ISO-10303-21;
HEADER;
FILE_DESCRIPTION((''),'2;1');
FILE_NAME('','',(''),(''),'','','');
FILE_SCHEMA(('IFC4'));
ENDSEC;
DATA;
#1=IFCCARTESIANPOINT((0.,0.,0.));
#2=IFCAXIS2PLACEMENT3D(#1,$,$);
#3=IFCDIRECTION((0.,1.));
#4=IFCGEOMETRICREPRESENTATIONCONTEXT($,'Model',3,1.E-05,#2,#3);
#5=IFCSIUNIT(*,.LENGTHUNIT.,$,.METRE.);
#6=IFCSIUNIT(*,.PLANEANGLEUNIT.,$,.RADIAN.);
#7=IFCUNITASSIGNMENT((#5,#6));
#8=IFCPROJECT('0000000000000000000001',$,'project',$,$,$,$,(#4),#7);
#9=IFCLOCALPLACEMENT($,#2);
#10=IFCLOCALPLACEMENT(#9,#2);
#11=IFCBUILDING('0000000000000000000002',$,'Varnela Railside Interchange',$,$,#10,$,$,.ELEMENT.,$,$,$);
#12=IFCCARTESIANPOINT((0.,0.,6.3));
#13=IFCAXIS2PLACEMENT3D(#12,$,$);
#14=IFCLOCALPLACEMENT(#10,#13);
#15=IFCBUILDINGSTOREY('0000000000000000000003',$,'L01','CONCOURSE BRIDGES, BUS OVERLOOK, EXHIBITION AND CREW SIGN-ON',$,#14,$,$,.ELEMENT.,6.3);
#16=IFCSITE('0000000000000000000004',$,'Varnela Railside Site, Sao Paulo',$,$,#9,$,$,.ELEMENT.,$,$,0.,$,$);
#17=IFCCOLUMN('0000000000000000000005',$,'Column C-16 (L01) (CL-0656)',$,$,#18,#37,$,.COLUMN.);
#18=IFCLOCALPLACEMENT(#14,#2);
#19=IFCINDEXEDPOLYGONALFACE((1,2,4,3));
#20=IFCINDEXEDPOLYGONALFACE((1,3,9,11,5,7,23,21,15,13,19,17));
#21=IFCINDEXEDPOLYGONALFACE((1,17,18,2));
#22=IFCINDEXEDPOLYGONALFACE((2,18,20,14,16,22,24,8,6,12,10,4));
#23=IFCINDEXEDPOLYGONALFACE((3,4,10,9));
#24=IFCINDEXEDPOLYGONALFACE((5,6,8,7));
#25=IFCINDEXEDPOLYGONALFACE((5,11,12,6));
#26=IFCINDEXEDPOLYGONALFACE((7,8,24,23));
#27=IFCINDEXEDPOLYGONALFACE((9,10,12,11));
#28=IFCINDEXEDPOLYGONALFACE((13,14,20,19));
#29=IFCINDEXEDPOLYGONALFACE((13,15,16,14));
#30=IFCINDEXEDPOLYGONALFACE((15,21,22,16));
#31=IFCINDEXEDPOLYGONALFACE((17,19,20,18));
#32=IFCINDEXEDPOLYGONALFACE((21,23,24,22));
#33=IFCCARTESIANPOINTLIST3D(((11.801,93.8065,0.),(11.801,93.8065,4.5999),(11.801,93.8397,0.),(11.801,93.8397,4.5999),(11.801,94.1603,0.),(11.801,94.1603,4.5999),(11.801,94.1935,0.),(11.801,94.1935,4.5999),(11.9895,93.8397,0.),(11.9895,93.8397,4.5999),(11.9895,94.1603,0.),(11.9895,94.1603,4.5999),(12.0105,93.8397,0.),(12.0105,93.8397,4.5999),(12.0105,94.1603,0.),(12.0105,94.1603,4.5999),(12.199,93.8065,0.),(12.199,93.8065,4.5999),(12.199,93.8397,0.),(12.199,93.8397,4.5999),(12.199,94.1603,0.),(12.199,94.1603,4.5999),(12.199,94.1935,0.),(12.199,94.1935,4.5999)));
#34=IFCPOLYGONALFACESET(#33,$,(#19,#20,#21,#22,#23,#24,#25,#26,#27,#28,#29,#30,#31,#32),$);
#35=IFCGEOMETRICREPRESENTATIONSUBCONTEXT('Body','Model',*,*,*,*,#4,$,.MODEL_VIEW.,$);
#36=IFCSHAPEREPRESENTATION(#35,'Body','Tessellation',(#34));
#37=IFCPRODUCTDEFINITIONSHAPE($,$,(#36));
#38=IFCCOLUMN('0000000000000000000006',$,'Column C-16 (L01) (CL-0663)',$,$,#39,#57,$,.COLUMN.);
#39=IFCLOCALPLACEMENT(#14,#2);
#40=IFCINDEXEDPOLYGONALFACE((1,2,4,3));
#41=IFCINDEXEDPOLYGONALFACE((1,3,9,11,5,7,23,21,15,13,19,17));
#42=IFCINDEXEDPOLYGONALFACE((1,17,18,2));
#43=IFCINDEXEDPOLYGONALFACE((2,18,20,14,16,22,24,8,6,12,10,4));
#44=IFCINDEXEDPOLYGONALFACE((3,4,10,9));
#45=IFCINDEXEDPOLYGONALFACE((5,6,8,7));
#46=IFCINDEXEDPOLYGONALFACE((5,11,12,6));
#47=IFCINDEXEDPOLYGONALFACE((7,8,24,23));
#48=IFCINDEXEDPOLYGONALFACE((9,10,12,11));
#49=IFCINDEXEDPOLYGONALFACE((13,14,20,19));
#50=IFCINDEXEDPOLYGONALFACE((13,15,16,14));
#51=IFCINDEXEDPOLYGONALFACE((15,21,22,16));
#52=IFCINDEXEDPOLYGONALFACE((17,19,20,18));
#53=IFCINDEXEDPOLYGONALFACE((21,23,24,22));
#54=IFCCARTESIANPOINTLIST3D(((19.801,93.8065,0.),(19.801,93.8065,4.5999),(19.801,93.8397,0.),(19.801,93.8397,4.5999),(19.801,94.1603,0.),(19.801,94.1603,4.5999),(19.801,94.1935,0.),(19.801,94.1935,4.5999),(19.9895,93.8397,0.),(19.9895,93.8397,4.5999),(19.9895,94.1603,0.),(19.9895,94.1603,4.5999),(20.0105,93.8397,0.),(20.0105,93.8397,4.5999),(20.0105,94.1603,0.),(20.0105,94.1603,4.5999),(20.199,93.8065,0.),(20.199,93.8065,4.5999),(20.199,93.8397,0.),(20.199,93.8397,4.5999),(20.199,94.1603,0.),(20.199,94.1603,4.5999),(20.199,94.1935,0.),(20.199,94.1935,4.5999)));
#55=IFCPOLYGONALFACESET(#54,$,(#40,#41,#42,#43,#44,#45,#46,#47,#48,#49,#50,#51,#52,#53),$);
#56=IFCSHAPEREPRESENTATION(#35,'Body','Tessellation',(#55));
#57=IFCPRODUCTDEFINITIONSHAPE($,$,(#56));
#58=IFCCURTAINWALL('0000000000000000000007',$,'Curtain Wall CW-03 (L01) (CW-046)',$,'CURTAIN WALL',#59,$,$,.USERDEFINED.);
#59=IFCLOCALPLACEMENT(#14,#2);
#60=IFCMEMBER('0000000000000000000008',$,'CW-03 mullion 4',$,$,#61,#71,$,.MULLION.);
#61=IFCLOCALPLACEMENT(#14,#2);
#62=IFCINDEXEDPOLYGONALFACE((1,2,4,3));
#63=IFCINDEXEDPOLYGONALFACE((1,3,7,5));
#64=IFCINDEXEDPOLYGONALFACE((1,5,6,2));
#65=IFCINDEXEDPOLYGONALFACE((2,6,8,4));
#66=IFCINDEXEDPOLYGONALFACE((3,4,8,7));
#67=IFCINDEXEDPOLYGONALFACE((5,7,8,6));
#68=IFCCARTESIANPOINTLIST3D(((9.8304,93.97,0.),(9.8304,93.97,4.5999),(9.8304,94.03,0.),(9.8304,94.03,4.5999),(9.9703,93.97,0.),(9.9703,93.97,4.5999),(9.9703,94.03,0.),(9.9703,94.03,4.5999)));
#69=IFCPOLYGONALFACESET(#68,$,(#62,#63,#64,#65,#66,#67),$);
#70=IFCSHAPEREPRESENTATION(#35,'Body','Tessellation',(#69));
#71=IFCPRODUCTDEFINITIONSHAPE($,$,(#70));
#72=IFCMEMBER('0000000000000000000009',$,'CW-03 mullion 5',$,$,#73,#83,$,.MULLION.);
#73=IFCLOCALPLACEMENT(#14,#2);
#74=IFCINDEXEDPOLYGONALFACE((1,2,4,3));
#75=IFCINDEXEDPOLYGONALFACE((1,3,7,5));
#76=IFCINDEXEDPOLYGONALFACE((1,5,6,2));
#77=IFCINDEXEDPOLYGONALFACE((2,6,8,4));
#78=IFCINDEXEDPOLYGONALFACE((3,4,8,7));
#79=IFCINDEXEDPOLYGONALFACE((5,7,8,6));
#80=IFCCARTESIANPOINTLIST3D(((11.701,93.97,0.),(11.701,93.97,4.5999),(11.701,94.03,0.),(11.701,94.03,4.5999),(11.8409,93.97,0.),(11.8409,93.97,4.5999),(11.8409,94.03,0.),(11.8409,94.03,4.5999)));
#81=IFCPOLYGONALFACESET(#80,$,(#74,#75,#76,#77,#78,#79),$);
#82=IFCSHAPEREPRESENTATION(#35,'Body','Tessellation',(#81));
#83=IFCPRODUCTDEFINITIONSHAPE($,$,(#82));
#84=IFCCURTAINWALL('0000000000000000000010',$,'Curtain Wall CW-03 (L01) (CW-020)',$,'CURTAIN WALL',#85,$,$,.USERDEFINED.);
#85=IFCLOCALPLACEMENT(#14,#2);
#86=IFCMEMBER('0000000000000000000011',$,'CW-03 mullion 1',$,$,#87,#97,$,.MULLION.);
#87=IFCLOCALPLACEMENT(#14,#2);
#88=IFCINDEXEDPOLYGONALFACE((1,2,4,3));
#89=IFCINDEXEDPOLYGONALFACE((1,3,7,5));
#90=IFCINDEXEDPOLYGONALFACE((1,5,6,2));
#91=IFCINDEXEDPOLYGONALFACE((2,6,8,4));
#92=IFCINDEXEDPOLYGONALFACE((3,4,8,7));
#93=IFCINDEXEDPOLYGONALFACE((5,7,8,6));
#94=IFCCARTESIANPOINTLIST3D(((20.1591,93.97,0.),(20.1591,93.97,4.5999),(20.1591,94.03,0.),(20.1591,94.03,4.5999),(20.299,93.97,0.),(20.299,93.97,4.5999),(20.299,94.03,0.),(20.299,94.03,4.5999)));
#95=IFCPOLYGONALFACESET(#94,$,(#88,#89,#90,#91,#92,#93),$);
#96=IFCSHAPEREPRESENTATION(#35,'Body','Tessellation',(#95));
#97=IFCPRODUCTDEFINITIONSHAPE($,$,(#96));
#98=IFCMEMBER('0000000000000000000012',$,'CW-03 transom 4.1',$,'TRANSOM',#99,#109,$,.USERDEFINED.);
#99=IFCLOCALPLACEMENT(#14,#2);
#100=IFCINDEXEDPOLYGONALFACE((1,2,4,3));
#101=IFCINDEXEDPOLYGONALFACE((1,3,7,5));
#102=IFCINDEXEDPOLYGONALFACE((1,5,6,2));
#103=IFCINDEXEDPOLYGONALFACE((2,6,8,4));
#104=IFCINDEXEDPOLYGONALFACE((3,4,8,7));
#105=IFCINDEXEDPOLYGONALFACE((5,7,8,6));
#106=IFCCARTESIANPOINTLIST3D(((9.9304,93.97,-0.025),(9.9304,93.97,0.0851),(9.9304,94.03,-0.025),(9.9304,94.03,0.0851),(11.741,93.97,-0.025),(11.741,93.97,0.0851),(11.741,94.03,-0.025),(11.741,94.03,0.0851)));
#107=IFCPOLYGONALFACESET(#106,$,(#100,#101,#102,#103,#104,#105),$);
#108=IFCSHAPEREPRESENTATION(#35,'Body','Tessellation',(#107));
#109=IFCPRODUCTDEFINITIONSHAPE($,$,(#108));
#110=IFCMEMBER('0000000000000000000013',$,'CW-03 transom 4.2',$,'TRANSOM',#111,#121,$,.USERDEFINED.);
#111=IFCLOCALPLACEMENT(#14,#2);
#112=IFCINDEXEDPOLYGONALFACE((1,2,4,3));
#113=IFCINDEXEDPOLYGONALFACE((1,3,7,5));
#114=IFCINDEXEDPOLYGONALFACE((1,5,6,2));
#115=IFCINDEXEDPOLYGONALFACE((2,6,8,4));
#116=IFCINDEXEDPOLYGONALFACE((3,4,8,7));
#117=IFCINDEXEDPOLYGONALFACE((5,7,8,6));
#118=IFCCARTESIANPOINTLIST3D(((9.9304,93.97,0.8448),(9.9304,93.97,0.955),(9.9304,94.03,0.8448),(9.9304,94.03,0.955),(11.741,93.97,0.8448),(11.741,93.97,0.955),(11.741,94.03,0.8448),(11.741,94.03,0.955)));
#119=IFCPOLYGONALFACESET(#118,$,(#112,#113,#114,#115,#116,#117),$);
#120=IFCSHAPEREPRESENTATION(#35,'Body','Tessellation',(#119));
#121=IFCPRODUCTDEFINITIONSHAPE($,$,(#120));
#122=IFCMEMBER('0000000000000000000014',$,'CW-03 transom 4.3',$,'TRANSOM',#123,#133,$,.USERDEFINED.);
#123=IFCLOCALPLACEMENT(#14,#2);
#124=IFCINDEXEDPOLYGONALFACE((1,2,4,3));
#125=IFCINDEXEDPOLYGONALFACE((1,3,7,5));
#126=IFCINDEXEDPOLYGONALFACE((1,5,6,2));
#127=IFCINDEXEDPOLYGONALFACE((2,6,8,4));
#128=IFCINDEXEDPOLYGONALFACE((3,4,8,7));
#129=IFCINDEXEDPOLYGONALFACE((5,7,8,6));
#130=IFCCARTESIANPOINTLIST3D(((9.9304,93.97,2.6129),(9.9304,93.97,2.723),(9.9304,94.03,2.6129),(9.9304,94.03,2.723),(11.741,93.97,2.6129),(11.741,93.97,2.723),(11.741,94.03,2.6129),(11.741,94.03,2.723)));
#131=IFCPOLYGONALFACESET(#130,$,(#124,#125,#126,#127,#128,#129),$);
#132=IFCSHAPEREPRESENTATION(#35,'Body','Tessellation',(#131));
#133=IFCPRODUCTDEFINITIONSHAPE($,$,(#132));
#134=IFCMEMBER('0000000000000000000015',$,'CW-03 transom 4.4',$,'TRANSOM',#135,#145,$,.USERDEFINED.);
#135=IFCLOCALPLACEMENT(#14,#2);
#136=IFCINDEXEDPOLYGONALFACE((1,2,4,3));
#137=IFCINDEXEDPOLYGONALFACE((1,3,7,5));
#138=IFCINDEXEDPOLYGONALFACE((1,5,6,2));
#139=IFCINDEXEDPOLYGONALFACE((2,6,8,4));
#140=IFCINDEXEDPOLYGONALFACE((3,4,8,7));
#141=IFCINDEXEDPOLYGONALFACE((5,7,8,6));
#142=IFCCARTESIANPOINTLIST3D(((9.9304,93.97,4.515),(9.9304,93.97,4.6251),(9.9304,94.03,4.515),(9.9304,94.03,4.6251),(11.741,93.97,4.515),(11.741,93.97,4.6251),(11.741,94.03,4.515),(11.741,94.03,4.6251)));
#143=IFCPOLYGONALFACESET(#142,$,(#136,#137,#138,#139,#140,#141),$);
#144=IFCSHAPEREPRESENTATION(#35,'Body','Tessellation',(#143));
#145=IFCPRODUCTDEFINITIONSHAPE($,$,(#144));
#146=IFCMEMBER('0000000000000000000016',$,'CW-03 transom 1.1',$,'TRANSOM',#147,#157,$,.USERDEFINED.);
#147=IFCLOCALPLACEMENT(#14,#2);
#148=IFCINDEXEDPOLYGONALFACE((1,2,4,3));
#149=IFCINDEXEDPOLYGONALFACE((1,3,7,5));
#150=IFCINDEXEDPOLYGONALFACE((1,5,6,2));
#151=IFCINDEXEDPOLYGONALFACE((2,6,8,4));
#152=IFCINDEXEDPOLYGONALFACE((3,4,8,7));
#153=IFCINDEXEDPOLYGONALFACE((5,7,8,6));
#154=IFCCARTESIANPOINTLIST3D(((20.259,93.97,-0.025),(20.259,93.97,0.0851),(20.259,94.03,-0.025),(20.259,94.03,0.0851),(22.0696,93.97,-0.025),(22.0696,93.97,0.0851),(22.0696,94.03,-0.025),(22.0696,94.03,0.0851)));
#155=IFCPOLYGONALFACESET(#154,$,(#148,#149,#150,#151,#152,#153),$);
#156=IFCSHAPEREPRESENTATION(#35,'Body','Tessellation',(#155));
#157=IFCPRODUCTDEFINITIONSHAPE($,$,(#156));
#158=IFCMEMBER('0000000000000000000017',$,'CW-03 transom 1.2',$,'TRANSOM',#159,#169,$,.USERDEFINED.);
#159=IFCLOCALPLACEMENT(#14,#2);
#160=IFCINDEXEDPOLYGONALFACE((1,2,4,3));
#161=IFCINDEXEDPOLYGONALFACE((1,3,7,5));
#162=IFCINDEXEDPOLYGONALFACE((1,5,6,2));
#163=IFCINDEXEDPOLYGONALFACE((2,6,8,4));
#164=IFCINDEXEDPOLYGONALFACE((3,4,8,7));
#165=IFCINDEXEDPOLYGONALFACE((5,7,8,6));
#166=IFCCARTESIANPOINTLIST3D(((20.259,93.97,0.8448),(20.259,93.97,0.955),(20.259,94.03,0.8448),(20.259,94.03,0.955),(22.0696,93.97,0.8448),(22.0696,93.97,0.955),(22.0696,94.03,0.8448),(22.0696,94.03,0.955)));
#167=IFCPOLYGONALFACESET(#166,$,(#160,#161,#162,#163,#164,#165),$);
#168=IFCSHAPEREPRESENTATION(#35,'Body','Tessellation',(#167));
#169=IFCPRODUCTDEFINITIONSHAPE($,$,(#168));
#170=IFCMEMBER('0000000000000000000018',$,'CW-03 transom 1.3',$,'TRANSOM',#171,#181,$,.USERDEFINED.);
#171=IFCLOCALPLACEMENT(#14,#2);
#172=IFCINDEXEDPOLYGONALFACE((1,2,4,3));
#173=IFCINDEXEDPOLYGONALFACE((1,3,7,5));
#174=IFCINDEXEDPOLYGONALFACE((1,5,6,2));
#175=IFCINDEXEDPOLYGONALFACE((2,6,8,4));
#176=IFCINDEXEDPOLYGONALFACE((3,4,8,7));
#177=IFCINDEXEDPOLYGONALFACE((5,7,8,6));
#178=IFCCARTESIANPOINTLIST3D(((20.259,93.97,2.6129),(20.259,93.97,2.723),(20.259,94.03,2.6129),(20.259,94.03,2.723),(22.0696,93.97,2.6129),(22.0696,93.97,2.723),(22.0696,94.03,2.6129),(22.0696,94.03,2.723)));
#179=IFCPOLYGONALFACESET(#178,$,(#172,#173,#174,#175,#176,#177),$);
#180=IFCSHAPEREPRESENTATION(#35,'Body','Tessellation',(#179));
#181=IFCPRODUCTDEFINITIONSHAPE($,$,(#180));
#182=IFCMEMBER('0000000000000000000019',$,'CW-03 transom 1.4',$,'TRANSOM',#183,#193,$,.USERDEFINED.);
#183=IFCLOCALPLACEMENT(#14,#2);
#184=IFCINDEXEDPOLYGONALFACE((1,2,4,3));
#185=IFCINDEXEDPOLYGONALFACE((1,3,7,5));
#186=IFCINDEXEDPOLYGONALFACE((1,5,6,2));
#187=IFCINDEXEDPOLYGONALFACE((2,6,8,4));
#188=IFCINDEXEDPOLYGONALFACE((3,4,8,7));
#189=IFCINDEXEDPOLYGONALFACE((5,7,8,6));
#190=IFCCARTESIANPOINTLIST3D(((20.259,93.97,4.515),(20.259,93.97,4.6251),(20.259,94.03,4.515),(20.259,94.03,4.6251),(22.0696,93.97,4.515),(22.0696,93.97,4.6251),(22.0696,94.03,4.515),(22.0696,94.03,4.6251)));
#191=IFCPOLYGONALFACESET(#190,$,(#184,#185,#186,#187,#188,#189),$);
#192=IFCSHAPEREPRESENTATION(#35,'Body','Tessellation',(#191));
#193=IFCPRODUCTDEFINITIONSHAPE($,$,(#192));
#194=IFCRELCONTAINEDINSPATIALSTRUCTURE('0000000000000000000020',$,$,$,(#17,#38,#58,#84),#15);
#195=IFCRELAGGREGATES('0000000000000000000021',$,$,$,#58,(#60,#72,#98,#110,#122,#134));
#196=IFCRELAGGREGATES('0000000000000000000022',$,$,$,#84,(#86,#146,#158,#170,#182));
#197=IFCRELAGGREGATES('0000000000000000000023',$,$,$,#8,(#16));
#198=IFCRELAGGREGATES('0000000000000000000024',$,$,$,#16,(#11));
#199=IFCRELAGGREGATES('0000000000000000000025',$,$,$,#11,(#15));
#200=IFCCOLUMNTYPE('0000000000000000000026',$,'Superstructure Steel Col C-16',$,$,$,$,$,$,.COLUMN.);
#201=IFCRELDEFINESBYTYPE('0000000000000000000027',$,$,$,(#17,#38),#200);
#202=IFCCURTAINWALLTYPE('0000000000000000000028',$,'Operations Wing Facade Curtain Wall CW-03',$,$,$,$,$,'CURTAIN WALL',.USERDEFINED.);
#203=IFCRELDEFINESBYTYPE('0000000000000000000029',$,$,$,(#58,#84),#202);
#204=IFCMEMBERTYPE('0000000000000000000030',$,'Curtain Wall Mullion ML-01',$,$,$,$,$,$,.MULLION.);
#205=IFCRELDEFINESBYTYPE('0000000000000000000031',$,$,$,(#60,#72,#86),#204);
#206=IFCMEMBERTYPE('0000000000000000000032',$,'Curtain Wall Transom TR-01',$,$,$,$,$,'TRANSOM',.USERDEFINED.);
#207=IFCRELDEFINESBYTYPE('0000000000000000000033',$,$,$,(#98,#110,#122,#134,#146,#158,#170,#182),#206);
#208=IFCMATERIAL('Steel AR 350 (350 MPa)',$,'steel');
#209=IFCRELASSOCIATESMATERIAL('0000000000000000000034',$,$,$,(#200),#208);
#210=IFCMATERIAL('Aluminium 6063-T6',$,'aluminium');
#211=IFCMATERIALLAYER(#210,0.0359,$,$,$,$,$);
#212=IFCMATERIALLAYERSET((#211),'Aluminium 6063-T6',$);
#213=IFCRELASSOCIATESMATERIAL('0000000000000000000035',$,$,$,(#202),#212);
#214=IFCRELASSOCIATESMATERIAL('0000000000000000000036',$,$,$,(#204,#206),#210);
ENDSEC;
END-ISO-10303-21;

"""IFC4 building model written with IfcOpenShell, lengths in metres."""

from ifc_helpers import new_model, si_unit, direction, frame, origin, origin_2d, place, context, subcontext, project, spatial, rectangle, i_section, extrude, material, layer, layer_set, material_profile, profile_set, type_object, element, aggregate, save


model = new_model("IFC4")

# Units and contexts
model_context = context("Model", 3, precision=1e-05, world=origin(), true_north=direction((0.0, 1.0)))
body_context = subcontext(model_context, "Body", "Model", "MODEL_VIEW")
ifc_project = project(units=[si_unit("LENGTHUNIT", "METRE"), si_unit("PLANEANGLEUNIT", "RADIAN")], contexts=[model_context])

# Site, building, storey
site_placement = place(None, origin())
site = spatial("IfcSite", under=ifc_project, at=site_placement, Name="Varnela Railside Site, Sao Paulo", CompositionType="ELEMENT", RefElevation=0.0)
building_placement = place(site_placement, origin())
building = spatial("IfcBuilding", under=site, at=building_placement, Name="Varnela Railside Interchange", CompositionType="ELEMENT")
storey_placement = place(building_placement, frame((0.0, 0.0, 6.3)))
storey = spatial("IfcBuildingStorey", under=building, at=storey_placement, Name="L01", Description="CONCOURSE BRIDGES, BUS OVERLOOK, EXHIBITION AND CREW SIGN-ON", CompositionType="ELEMENT", Elevation=6.3)

# Columns
ifc_material_1 = material(Name="Steel AR 350 (350 MPa)", Category="steel")
ifc_material_profile_1 = material_profile(ifc_material_1, i_section(OverallWidth=0.3979, OverallDepth=0.387, WebThickness=0.021, FlangeThickness=0.0332, at=origin_2d()), Name="W360x262")
ifc_profile_set_1 = profile_set([ifc_material_profile_1], Name="Steel AR 350 (350 MPa)")
column_type = type_object("IfcColumnType", Name="Superstructure Steel Col C-16", PredefinedType="COLUMN", material=ifc_profile_set_1)
for number, where, z_axis, x_axis, name in (
    (1, (12.0, 94.0, 0.0), (0.0, 0.0, 1.0), (1.0, 0.0, 0.0), "Column C-16 (L01) (CL-0656)"),
    (2, (20.0, 94.0, 0.0), (0.0, 0.0, 1.0), (1.0, 0.0, 0.0), "Column C-16 (L01) (CL-0663)"),
):
    element("IfcColumn", number, at=place(storey_placement, frame(where, z_axis=z_axis, x_axis=x_axis)), inside=storey, type_object=column_type, Name=name, PredefinedType="COLUMN", context=body_context, shape_type="SweptSolid", body=[
        extrude(i_section(OverallWidth=0.3979, OverallDepth=0.387, WebThickness=0.021, FlangeThickness=0.0332, at=origin_2d()), origin(), (0.0, 0.0, 1.0), 4.5999),
    ])

# Curtain wall, members
ifc_material_2 = material(Name="Aluminium 6063-T6", Category="aluminium")
ifc_layer_1 = layer(ifc_material_2, 0.0359)
ifc_layer_set_1 = layer_set([ifc_layer_1], Name="Aluminium 6063-T6")
curtain_wall_type = type_object("IfcCurtainWallType", Name="Operations Wing Facade Curtain Wall CW-03", ElementType="CURTAIN WALL", PredefinedType="USERDEFINED", material=ifc_layer_set_1)
curtain_wall_1_placement = place(storey_placement, origin())
curtain_wall_1 = element("IfcCurtainWall", 3, at=curtain_wall_1_placement, inside=storey, type_object=curtain_wall_type, Name="Curtain Wall CW-03 (L01) (CW-046)", ObjectType="CURTAIN WALL", PredefinedType="USERDEFINED")
ifc_material_profile_2 = material_profile(ifc_material_2, rectangle(XDim=0.0601, YDim=0.1399, at=origin_2d()), Name="ALU 60x140")
ifc_profile_set_2 = profile_set([ifc_material_profile_2], Name="Aluminium 6063-T6")
member_type_1 = type_object("IfcMemberType", Name="Curtain Wall Mullion ML-01", PredefinedType="MULLION", material=ifc_profile_set_2)
member_1_placement = place(storey_placement, frame((9.9004, 94.0, 0.0), z_axis=(0.0, 0.0, 1.0), x_axis=(0.0, 1.0, 0.0)))
member_1 = element("IfcMember", 4, at=member_1_placement, type_object=member_type_1, Name="CW-03 mullion 4", PredefinedType="MULLION", context=body_context, shape_type="SweptSolid", body=[
    extrude(rectangle(XDim=0.0601, YDim=0.1399, at=origin_2d()), origin(), (0.0, 0.0, 1.0), 4.5999),
])
member_2_placement = place(storey_placement, frame((11.771, 94.0, 0.0), z_axis=(0.0, 0.0, 1.0), x_axis=(0.0, 1.0, 0.0)))
member_2 = element("IfcMember", 5, at=member_2_placement, type_object=member_type_1, Name="CW-03 mullion 5", PredefinedType="MULLION", context=body_context, shape_type="SweptSolid", body=[
    extrude(rectangle(XDim=0.0601, YDim=0.1399, at=origin_2d()), origin(), (0.0, 0.0, 1.0), 4.5999),
])

# Curtain wall, member
curtain_wall_2_placement = place(storey_placement, origin())
curtain_wall_2 = element("IfcCurtainWall", 6, at=curtain_wall_2_placement, inside=storey, type_object=curtain_wall_type, Name="Curtain Wall CW-03 (L01) (CW-020)", ObjectType="CURTAIN WALL", PredefinedType="USERDEFINED")
member_3_placement = place(storey_placement, frame((20.229, 94.0, 0.0), z_axis=(0.0, 0.0, 1.0), x_axis=(0.0, 1.0, 0.0)))
member_3 = element("IfcMember", 7, at=member_3_placement, type_object=member_type_1, Name="CW-03 mullion 1", PredefinedType="MULLION", context=body_context, shape_type="SweptSolid", body=[
    extrude(rectangle(XDim=0.0601, YDim=0.1399, at=origin_2d()), origin(), (0.0, 0.0, 1.0), 4.5999),
])

# Members
ifc_material_profile_3 = material_profile(ifc_material_2, rectangle(XDim=0.0601, YDim=0.1101, at=origin_2d()), Name="ALU 60x110")
ifc_profile_set_3 = profile_set([ifc_material_profile_3], Name="Aluminium 6063-T6")
member_type_2 = type_object("IfcMemberType", Name="Curtain Wall Transom TR-01", ElementType="TRANSOM", PredefinedType="USERDEFINED", material=ifc_profile_set_3)
member_4_placement = place(storey_placement, frame((9.9304, 94.0, 0.03), z_axis=(1.0, 0.0, 0.0), x_axis=(0.0, 1.0, 0.0)))
member_4 = element("IfcMember", 8, at=member_4_placement, type_object=member_type_2, Name="CW-03 transom 4.1", ObjectType="TRANSOM", PredefinedType="USERDEFINED", context=body_context, shape_type="SweptSolid", body=[
    extrude(rectangle(XDim=0.0601, YDim=0.1101, at=origin_2d()), origin(), (0.0, 0.0, 1.0), 1.8105),
])
member_5_placement = place(storey_placement, frame((9.9304, 94.0, 0.8999), z_axis=(1.0, 0.0, 0.0), x_axis=(0.0, 1.0, 0.0)))
member_5 = element("IfcMember", 9, at=member_5_placement, type_object=member_type_2, Name="CW-03 transom 4.2", ObjectType="TRANSOM", PredefinedType="USERDEFINED", context=body_context, shape_type="SweptSolid", body=[
    extrude(rectangle(XDim=0.0601, YDim=0.1101, at=origin_2d()), origin(), (0.0, 0.0, 1.0), 1.8105),
])
member_6_placement = place(storey_placement, frame((9.9304, 94.0, 2.668), z_axis=(1.0, 0.0, 0.0), x_axis=(0.0, 1.0, 0.0)))
member_6 = element("IfcMember", 10, at=member_6_placement, type_object=member_type_2, Name="CW-03 transom 4.3", ObjectType="TRANSOM", PredefinedType="USERDEFINED", context=body_context, shape_type="SweptSolid", body=[
    extrude(rectangle(XDim=0.0601, YDim=0.1101, at=origin_2d()), origin(), (0.0, 0.0, 1.0), 1.8105),
])
member_7_placement = place(storey_placement, frame((9.9304, 94.0, 4.5701), z_axis=(1.0, 0.0, 0.0), x_axis=(0.0, 1.0, 0.0)))
member_7 = element("IfcMember", 11, at=member_7_placement, type_object=member_type_2, Name="CW-03 transom 4.4", ObjectType="TRANSOM", PredefinedType="USERDEFINED", context=body_context, shape_type="SweptSolid", body=[
    extrude(rectangle(XDim=0.0601, YDim=0.1101, at=origin_2d()), origin(), (0.0, 0.0, 1.0), 1.8105),
])
member_8_placement = place(storey_placement, frame((20.259, 94.0, 0.03), z_axis=(1.0, 0.0, 0.0), x_axis=(0.0, 1.0, 0.0)))
member_8 = element("IfcMember", 12, at=member_8_placement, type_object=member_type_2, Name="CW-03 transom 1.1", ObjectType="TRANSOM", PredefinedType="USERDEFINED", context=body_context, shape_type="SweptSolid", body=[
    extrude(rectangle(XDim=0.0601, YDim=0.1101, at=origin_2d()), origin(), (0.0, 0.0, 1.0), 1.8105),
])
member_9_placement = place(storey_placement, frame((20.259, 94.0, 0.8999), z_axis=(1.0, 0.0, 0.0), x_axis=(0.0, 1.0, 0.0)))
member_9 = element("IfcMember", 13, at=member_9_placement, type_object=member_type_2, Name="CW-03 transom 1.2", ObjectType="TRANSOM", PredefinedType="USERDEFINED", context=body_context, shape_type="SweptSolid", body=[
    extrude(rectangle(XDim=0.0601, YDim=0.1101, at=origin_2d()), origin(), (0.0, 0.0, 1.0), 1.8105),
])
member_10_placement = place(storey_placement, frame((20.259, 94.0, 2.668), z_axis=(1.0, 0.0, 0.0), x_axis=(0.0, 1.0, 0.0)))
member_10 = element("IfcMember", 14, at=member_10_placement, type_object=member_type_2, Name="CW-03 transom 1.3", ObjectType="TRANSOM", PredefinedType="USERDEFINED", context=body_context, shape_type="SweptSolid", body=[
    extrude(rectangle(XDim=0.0601, YDim=0.1101, at=origin_2d()), origin(), (0.0, 0.0, 1.0), 1.8105),
])
member_11_placement = place(storey_placement, frame((20.259, 94.0, 4.5701), z_axis=(1.0, 0.0, 0.0), x_axis=(0.0, 1.0, 0.0)))
member_11 = element("IfcMember", 15, at=member_11_placement, type_object=member_type_2, Name="CW-03 transom 1.4", ObjectType="TRANSOM", PredefinedType="USERDEFINED", context=body_context, shape_type="SweptSolid", body=[
    extrude(rectangle(XDim=0.0601, YDim=0.1101, at=origin_2d()), origin(), (0.0, 0.0, 1.0), 1.8105),
])

aggregate(curtain_wall_1, [member_1, member_2, member_4, member_5, member_6, member_7])
aggregate(curtain_wall_2, [member_3, member_8, member_9, member_10, member_11])

save(model, "model.ifc")
